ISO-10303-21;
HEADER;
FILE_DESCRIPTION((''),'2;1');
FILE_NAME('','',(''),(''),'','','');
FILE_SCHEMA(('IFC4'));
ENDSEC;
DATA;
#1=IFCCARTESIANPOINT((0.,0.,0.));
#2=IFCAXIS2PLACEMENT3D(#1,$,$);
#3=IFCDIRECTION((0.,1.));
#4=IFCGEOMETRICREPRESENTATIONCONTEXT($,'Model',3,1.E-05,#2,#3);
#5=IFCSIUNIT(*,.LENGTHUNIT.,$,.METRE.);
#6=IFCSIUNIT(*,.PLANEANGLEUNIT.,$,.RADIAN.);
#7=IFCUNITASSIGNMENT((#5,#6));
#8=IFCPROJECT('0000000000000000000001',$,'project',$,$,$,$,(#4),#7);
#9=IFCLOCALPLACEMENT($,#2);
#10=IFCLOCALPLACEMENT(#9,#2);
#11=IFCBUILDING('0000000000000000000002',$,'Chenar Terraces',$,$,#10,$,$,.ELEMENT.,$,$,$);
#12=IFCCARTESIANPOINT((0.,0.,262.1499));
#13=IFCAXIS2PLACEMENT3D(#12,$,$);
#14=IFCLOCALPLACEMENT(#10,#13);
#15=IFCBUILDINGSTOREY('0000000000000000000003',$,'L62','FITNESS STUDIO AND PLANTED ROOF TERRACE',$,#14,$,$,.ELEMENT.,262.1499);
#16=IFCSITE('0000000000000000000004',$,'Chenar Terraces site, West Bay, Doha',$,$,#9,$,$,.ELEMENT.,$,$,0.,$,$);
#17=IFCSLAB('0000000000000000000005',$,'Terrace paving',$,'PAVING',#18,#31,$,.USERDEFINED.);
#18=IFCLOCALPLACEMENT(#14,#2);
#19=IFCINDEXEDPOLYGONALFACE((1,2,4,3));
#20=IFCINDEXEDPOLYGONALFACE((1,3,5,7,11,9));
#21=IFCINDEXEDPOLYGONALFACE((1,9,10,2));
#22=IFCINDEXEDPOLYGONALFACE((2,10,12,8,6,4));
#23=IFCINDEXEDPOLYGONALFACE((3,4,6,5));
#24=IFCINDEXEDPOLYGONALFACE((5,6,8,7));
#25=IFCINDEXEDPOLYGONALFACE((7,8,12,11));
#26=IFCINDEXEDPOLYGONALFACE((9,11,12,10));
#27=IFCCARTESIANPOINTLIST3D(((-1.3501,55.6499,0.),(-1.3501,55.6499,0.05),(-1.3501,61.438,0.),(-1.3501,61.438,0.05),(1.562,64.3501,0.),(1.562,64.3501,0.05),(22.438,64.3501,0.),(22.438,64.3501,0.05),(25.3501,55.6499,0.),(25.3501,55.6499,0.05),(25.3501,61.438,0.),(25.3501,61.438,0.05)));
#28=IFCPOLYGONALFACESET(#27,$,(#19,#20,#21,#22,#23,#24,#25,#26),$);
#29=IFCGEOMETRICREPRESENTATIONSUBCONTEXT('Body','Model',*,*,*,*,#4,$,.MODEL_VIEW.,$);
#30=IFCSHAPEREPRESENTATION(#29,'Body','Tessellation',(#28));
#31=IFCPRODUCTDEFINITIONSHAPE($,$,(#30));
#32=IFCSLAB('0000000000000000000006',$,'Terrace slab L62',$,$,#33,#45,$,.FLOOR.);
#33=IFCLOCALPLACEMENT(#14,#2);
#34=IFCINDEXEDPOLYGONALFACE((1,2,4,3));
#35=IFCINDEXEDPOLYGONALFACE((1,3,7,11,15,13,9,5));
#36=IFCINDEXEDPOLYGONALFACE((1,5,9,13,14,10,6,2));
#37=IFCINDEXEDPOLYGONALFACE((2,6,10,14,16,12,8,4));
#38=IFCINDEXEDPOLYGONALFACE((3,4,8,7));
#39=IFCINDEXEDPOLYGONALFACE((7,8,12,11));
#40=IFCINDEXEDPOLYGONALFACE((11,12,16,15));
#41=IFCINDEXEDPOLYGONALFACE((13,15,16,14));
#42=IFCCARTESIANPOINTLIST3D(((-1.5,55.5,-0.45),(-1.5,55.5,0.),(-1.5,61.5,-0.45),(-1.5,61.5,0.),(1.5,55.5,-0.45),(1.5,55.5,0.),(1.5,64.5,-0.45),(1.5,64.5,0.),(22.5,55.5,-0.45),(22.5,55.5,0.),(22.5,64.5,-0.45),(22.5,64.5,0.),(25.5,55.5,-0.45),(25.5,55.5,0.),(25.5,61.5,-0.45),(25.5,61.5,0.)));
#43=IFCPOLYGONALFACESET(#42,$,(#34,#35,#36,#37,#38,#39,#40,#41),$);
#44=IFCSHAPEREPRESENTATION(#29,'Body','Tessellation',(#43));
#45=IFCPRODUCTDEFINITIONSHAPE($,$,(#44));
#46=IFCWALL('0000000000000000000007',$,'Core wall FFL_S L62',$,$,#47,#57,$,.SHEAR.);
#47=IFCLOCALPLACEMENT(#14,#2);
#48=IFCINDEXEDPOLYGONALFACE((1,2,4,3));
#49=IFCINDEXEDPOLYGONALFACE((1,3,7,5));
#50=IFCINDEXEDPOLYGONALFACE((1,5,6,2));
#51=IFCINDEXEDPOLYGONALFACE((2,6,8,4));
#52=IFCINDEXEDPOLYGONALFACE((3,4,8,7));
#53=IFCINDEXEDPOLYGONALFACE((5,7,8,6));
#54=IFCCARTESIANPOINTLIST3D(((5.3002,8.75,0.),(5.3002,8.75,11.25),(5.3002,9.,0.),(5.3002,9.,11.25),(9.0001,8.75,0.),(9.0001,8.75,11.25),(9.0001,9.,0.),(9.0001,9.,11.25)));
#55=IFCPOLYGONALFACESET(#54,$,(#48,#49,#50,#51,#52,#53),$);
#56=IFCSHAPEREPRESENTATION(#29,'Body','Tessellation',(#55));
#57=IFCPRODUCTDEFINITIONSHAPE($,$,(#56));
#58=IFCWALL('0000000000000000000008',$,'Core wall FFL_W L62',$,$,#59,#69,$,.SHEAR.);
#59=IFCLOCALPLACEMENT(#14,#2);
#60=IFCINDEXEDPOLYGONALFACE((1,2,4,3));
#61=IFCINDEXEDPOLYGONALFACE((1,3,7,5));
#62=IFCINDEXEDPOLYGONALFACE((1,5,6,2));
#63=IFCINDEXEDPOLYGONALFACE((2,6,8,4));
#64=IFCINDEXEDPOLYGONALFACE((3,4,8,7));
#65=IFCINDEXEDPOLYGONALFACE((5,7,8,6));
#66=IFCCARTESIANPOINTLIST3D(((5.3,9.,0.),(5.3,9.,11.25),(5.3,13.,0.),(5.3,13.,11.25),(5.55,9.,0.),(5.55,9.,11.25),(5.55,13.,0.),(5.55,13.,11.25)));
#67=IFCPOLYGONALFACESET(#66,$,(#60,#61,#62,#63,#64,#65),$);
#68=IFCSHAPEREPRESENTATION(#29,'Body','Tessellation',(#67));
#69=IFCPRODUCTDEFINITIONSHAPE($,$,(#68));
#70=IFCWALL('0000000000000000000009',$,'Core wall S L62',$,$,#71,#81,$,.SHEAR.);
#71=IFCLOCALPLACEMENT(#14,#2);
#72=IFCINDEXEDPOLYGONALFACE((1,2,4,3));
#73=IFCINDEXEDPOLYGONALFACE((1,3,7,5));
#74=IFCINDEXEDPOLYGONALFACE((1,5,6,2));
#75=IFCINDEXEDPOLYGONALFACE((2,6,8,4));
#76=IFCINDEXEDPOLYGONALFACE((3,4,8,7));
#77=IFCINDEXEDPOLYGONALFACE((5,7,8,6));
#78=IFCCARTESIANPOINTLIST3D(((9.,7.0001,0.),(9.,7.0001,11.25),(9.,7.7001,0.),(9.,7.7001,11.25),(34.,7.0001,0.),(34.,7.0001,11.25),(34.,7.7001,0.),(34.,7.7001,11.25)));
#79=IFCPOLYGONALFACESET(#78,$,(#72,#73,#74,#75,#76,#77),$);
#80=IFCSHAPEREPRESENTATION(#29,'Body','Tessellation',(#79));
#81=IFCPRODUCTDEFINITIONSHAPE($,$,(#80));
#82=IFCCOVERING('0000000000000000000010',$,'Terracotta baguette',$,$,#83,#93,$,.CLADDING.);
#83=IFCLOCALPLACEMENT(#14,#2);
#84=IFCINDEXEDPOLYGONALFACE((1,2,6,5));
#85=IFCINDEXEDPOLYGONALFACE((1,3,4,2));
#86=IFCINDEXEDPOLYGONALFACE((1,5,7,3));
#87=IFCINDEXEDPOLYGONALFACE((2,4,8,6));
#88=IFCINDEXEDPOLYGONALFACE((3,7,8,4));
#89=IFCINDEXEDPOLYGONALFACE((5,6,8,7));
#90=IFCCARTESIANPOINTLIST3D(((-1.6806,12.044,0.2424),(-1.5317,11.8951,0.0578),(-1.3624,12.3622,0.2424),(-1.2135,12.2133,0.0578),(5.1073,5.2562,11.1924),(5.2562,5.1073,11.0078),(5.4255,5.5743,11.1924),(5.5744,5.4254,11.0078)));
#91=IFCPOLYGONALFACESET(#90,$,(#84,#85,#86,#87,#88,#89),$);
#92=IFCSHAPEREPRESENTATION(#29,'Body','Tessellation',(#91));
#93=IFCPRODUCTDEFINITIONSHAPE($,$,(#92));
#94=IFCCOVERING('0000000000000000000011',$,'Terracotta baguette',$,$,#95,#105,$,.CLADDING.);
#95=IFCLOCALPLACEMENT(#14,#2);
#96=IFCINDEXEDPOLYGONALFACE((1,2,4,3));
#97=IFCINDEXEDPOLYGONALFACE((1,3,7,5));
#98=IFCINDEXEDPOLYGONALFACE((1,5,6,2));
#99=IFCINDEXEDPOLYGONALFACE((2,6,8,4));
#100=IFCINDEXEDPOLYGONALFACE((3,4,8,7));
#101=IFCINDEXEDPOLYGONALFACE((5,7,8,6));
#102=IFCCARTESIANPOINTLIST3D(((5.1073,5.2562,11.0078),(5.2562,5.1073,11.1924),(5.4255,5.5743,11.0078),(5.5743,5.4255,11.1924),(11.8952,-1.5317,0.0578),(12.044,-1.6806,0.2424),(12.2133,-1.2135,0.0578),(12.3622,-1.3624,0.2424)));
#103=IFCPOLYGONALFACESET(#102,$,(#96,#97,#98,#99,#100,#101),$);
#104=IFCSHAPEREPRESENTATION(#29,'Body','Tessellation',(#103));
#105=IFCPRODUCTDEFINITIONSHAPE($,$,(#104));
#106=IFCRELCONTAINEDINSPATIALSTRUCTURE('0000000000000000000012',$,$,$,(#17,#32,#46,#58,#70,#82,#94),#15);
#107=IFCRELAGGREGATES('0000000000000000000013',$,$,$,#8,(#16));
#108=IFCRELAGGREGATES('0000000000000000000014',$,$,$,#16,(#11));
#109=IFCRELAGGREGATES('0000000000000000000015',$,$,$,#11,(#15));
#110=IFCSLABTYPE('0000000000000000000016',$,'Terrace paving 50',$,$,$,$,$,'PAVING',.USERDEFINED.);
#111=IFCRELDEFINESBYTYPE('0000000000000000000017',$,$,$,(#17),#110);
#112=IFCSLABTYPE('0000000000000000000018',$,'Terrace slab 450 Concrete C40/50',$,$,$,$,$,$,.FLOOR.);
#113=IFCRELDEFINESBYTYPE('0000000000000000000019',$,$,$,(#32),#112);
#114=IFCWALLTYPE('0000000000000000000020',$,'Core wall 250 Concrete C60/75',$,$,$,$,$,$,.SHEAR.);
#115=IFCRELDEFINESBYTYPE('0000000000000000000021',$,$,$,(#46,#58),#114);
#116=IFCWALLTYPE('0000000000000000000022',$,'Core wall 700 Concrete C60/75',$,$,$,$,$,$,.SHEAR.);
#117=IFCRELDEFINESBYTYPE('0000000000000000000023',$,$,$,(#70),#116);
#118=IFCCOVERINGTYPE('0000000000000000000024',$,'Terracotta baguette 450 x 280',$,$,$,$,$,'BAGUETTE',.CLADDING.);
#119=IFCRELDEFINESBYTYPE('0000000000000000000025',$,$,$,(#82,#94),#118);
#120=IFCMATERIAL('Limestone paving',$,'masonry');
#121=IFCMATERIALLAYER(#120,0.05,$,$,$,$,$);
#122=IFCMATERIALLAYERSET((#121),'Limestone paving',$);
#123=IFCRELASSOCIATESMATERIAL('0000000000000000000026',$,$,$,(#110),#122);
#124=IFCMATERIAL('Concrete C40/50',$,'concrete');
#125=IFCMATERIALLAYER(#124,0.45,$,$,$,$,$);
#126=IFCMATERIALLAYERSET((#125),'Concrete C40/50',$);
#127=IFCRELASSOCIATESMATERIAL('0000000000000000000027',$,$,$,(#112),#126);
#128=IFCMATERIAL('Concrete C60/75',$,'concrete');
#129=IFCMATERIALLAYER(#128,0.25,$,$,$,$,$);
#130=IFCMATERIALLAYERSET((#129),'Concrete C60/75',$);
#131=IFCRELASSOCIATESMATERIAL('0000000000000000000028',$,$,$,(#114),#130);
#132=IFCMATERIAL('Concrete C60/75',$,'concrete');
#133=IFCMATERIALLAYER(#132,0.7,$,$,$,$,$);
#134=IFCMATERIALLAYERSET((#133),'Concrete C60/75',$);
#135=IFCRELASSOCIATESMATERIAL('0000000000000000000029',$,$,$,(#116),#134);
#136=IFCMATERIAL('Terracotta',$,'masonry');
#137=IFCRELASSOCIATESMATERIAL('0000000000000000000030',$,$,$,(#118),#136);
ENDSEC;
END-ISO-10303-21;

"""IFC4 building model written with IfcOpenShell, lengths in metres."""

from ifc_helpers import new_model, si_unit, direction, frame, frame_2d, origin, origin_2d, place, context, subcontext, project, spatial, polyline, rectangle, outline, extrude, material, layer, layer_set, material_profile, profile_set, type_object, element, save


model = new_model("IFC4")

# Units and contexts
model_context = context("Model", 3, precision=1e-05, world=origin(), true_north=direction((0.0, 1.0)))
body_context = subcontext(model_context, "Body", "Model", "MODEL_VIEW")
ifc_project = project(units=[si_unit("LENGTHUNIT", "METRE"), si_unit("PLANEANGLEUNIT", "RADIAN")], contexts=[model_context])

# Site, building, storey
site_placement = place(None, origin())
site = spatial("IfcSite", under=ifc_project, at=site_placement, Name="Chenar Terraces site, West Bay, Doha", CompositionType="ELEMENT", RefElevation=0.0)
building_placement = place(site_placement, origin())
building = spatial("IfcBuilding", under=site, at=building_placement, Name="Chenar Terraces", CompositionType="ELEMENT")
storey_placement = place(building_placement, frame((0.0, 0.0, 262.1499)))
storey = spatial("IfcBuildingStorey", under=building, at=storey_placement, Name="L62", Description="FITNESS STUDIO AND PLANTED ROOF TERRACE", CompositionType="ELEMENT", Elevation=262.1499)

# Shared definitions
placement_1 = place(storey_placement, origin())

# Slabs
placement_2 = place(storey_placement, frame((0.0, 0.0, -0.45)))
ifc_material_1 = material(Name="Limestone paving", Category="masonry")
ifc_layer_1 = layer(ifc_material_1, 0.05)
ifc_layer_set_1 = layer_set([ifc_layer_1], Name="Limestone paving")
slab_type_1 = type_object("IfcSlabType", Name="Terrace paving 50", ElementType="PAVING", PredefinedType="USERDEFINED", material=ifc_layer_set_1)
element("IfcSlab", 1, at=placement_1, inside=storey, type_object=slab_type_1, Name="Terrace paving", ObjectType="PAVING", PredefinedType="USERDEFINED", context=body_context, shape_type="SweptSolid", body=[
    extrude(outline(polyline([(1.562, 64.3501), (22.438, 64.3501), (25.3501, 61.438), (25.3501, 55.6499), (-1.3501, 55.6499), (-1.3501, 61.438), (1.562, 64.3501)])), origin(), (0.0, 0.0, 1.0), 0.05),
])
ifc_material_2 = material(Name="Concrete C40/50", Category="concrete")
ifc_layer_2 = layer(ifc_material_2, 0.45)
ifc_layer_set_2 = layer_set([ifc_layer_2], Name="Concrete C40/50")
slab_type_2 = type_object("IfcSlabType", Name="Terrace slab 450 Concrete C40/50", PredefinedType="FLOOR", material=ifc_layer_set_2)
element("IfcSlab", 2, at=placement_2, inside=storey, type_object=slab_type_2, Name="Terrace slab L62", PredefinedType="FLOOR", context=body_context, shape_type="SweptSolid", body=[
    extrude(outline(polyline([(1.5, 64.5), (22.5, 64.5), (25.5, 61.5), (25.5, 55.5), (22.5, 55.5), (1.5, 55.5), (-1.5, 55.5), (-1.5, 61.5), (1.5, 64.5)])), origin(), (0.0, 0.0, 1.0), 0.45),
])

# Walls
ifc_material_3 = material(Name="Concrete C60/75", Category="concrete")
ifc_layer_3 = layer(ifc_material_3, 0.25)
ifc_layer_set_3 = layer_set([ifc_layer_3], Name="Concrete C60/75")
wall_type_1 = type_object("IfcWallType", Name="Core wall 250 Concrete C60/75", PredefinedType="SHEAR", material=ifc_layer_set_3)
wall_1_placement = place(storey_placement, frame((5.3, 8.875, 0.0), z_axis=(0.0, 0.0, 1.0), x_axis=(1.0, 0.0, 0.0)))
element("IfcWall", 3, at=wall_1_placement, inside=storey, type_object=wall_type_1, Name="Core wall FFL_S L62", PredefinedType="SHEAR", context=body_context, shape_type="SweptSolid", body=[
    extrude(rectangle(XDim=3.7, YDim=0.25, at=frame_2d((1.8501, 0.0))), origin(), (0.0, 0.0, 1.0), 11.25),
])
wall_2_placement = place(storey_placement, frame((5.425, 9.0, 0.0), z_axis=(0.0, 0.0, 1.0), x_axis=(0.0, 1.0, 0.0)))
element("IfcWall", 4, at=wall_2_placement, inside=storey, type_object=wall_type_1, Name="Core wall FFL_W L62", PredefinedType="SHEAR", context=body_context, shape_type="SweptSolid", body=[
    extrude(rectangle(XDim=4.0, YDim=0.25, at=frame_2d((2.0, 0.0))), origin(), (0.0, 0.0, 1.0), 11.25),
])
ifc_material_4 = material(Name="Concrete C60/75", Category="concrete")
ifc_layer_4 = layer(ifc_material_4, 0.7)
ifc_layer_set_4 = layer_set([ifc_layer_4], Name="Concrete C60/75")
wall_type_2 = type_object("IfcWallType", Name="Core wall 700 Concrete C60/75", PredefinedType="SHEAR", material=ifc_layer_set_4)
wall_3_placement = place(storey_placement, frame((9.0, 7.3501, 0.0), z_axis=(0.0, 0.0, 1.0), x_axis=(1.0, 0.0, 0.0)))
element("IfcWall", 5, at=wall_3_placement, inside=storey, type_object=wall_type_2, Name="Core wall S L62", PredefinedType="SHEAR", context=body_context, shape_type="SweptSolid", body=[
    extrude(rectangle(XDim=25.0, YDim=0.7, at=frame_2d((12.5, 0.0))), origin(), (0.0, 0.0, 1.0), 11.25),
])

# Coverings
ifc_material_5 = material(Name="Terracotta", Category="masonry")
ifc_material_profile = material_profile(ifc_material_5, rectangle(XDim=0.45, YDim=0.28, at=origin_2d()), Name="Terracotta baguette 450 x 280")
ifc_profile_set = profile_set([ifc_material_profile], Name="Terracotta")
covering_type = type_object("IfcCoveringType", Name="Terracotta baguette 450 x 280", ElementType="BAGUETTE", PredefinedType="CLADDING", material=ifc_profile_set)
for number, where, z_axis, x_axis, name in (
    (6, (-1.447, 12.1287, 0.1501), (0.466135, -0.466135, 0.751955), (0.707107, 0.707107, 0.0), "Terracotta baguette"),
    (7, (5.3408, 5.3408, 11.1001), (0.466135, -0.466135, -0.751955), (0.707107, 0.707107, 0.0), "Terracotta baguette"),
):
    element("IfcCovering", number, at=place(storey_placement, frame(where, z_axis=z_axis, x_axis=x_axis)), inside=storey, type_object=covering_type, Name=name, PredefinedType="CLADDING", context=body_context, shape_type="SweptSolid", body=[
        extrude(rectangle(XDim=0.45, YDim=0.28, at=origin_2d()), origin(), (0.0, 0.0, 1.0), 14.562),
    ])

save(model, "model.ifc")
